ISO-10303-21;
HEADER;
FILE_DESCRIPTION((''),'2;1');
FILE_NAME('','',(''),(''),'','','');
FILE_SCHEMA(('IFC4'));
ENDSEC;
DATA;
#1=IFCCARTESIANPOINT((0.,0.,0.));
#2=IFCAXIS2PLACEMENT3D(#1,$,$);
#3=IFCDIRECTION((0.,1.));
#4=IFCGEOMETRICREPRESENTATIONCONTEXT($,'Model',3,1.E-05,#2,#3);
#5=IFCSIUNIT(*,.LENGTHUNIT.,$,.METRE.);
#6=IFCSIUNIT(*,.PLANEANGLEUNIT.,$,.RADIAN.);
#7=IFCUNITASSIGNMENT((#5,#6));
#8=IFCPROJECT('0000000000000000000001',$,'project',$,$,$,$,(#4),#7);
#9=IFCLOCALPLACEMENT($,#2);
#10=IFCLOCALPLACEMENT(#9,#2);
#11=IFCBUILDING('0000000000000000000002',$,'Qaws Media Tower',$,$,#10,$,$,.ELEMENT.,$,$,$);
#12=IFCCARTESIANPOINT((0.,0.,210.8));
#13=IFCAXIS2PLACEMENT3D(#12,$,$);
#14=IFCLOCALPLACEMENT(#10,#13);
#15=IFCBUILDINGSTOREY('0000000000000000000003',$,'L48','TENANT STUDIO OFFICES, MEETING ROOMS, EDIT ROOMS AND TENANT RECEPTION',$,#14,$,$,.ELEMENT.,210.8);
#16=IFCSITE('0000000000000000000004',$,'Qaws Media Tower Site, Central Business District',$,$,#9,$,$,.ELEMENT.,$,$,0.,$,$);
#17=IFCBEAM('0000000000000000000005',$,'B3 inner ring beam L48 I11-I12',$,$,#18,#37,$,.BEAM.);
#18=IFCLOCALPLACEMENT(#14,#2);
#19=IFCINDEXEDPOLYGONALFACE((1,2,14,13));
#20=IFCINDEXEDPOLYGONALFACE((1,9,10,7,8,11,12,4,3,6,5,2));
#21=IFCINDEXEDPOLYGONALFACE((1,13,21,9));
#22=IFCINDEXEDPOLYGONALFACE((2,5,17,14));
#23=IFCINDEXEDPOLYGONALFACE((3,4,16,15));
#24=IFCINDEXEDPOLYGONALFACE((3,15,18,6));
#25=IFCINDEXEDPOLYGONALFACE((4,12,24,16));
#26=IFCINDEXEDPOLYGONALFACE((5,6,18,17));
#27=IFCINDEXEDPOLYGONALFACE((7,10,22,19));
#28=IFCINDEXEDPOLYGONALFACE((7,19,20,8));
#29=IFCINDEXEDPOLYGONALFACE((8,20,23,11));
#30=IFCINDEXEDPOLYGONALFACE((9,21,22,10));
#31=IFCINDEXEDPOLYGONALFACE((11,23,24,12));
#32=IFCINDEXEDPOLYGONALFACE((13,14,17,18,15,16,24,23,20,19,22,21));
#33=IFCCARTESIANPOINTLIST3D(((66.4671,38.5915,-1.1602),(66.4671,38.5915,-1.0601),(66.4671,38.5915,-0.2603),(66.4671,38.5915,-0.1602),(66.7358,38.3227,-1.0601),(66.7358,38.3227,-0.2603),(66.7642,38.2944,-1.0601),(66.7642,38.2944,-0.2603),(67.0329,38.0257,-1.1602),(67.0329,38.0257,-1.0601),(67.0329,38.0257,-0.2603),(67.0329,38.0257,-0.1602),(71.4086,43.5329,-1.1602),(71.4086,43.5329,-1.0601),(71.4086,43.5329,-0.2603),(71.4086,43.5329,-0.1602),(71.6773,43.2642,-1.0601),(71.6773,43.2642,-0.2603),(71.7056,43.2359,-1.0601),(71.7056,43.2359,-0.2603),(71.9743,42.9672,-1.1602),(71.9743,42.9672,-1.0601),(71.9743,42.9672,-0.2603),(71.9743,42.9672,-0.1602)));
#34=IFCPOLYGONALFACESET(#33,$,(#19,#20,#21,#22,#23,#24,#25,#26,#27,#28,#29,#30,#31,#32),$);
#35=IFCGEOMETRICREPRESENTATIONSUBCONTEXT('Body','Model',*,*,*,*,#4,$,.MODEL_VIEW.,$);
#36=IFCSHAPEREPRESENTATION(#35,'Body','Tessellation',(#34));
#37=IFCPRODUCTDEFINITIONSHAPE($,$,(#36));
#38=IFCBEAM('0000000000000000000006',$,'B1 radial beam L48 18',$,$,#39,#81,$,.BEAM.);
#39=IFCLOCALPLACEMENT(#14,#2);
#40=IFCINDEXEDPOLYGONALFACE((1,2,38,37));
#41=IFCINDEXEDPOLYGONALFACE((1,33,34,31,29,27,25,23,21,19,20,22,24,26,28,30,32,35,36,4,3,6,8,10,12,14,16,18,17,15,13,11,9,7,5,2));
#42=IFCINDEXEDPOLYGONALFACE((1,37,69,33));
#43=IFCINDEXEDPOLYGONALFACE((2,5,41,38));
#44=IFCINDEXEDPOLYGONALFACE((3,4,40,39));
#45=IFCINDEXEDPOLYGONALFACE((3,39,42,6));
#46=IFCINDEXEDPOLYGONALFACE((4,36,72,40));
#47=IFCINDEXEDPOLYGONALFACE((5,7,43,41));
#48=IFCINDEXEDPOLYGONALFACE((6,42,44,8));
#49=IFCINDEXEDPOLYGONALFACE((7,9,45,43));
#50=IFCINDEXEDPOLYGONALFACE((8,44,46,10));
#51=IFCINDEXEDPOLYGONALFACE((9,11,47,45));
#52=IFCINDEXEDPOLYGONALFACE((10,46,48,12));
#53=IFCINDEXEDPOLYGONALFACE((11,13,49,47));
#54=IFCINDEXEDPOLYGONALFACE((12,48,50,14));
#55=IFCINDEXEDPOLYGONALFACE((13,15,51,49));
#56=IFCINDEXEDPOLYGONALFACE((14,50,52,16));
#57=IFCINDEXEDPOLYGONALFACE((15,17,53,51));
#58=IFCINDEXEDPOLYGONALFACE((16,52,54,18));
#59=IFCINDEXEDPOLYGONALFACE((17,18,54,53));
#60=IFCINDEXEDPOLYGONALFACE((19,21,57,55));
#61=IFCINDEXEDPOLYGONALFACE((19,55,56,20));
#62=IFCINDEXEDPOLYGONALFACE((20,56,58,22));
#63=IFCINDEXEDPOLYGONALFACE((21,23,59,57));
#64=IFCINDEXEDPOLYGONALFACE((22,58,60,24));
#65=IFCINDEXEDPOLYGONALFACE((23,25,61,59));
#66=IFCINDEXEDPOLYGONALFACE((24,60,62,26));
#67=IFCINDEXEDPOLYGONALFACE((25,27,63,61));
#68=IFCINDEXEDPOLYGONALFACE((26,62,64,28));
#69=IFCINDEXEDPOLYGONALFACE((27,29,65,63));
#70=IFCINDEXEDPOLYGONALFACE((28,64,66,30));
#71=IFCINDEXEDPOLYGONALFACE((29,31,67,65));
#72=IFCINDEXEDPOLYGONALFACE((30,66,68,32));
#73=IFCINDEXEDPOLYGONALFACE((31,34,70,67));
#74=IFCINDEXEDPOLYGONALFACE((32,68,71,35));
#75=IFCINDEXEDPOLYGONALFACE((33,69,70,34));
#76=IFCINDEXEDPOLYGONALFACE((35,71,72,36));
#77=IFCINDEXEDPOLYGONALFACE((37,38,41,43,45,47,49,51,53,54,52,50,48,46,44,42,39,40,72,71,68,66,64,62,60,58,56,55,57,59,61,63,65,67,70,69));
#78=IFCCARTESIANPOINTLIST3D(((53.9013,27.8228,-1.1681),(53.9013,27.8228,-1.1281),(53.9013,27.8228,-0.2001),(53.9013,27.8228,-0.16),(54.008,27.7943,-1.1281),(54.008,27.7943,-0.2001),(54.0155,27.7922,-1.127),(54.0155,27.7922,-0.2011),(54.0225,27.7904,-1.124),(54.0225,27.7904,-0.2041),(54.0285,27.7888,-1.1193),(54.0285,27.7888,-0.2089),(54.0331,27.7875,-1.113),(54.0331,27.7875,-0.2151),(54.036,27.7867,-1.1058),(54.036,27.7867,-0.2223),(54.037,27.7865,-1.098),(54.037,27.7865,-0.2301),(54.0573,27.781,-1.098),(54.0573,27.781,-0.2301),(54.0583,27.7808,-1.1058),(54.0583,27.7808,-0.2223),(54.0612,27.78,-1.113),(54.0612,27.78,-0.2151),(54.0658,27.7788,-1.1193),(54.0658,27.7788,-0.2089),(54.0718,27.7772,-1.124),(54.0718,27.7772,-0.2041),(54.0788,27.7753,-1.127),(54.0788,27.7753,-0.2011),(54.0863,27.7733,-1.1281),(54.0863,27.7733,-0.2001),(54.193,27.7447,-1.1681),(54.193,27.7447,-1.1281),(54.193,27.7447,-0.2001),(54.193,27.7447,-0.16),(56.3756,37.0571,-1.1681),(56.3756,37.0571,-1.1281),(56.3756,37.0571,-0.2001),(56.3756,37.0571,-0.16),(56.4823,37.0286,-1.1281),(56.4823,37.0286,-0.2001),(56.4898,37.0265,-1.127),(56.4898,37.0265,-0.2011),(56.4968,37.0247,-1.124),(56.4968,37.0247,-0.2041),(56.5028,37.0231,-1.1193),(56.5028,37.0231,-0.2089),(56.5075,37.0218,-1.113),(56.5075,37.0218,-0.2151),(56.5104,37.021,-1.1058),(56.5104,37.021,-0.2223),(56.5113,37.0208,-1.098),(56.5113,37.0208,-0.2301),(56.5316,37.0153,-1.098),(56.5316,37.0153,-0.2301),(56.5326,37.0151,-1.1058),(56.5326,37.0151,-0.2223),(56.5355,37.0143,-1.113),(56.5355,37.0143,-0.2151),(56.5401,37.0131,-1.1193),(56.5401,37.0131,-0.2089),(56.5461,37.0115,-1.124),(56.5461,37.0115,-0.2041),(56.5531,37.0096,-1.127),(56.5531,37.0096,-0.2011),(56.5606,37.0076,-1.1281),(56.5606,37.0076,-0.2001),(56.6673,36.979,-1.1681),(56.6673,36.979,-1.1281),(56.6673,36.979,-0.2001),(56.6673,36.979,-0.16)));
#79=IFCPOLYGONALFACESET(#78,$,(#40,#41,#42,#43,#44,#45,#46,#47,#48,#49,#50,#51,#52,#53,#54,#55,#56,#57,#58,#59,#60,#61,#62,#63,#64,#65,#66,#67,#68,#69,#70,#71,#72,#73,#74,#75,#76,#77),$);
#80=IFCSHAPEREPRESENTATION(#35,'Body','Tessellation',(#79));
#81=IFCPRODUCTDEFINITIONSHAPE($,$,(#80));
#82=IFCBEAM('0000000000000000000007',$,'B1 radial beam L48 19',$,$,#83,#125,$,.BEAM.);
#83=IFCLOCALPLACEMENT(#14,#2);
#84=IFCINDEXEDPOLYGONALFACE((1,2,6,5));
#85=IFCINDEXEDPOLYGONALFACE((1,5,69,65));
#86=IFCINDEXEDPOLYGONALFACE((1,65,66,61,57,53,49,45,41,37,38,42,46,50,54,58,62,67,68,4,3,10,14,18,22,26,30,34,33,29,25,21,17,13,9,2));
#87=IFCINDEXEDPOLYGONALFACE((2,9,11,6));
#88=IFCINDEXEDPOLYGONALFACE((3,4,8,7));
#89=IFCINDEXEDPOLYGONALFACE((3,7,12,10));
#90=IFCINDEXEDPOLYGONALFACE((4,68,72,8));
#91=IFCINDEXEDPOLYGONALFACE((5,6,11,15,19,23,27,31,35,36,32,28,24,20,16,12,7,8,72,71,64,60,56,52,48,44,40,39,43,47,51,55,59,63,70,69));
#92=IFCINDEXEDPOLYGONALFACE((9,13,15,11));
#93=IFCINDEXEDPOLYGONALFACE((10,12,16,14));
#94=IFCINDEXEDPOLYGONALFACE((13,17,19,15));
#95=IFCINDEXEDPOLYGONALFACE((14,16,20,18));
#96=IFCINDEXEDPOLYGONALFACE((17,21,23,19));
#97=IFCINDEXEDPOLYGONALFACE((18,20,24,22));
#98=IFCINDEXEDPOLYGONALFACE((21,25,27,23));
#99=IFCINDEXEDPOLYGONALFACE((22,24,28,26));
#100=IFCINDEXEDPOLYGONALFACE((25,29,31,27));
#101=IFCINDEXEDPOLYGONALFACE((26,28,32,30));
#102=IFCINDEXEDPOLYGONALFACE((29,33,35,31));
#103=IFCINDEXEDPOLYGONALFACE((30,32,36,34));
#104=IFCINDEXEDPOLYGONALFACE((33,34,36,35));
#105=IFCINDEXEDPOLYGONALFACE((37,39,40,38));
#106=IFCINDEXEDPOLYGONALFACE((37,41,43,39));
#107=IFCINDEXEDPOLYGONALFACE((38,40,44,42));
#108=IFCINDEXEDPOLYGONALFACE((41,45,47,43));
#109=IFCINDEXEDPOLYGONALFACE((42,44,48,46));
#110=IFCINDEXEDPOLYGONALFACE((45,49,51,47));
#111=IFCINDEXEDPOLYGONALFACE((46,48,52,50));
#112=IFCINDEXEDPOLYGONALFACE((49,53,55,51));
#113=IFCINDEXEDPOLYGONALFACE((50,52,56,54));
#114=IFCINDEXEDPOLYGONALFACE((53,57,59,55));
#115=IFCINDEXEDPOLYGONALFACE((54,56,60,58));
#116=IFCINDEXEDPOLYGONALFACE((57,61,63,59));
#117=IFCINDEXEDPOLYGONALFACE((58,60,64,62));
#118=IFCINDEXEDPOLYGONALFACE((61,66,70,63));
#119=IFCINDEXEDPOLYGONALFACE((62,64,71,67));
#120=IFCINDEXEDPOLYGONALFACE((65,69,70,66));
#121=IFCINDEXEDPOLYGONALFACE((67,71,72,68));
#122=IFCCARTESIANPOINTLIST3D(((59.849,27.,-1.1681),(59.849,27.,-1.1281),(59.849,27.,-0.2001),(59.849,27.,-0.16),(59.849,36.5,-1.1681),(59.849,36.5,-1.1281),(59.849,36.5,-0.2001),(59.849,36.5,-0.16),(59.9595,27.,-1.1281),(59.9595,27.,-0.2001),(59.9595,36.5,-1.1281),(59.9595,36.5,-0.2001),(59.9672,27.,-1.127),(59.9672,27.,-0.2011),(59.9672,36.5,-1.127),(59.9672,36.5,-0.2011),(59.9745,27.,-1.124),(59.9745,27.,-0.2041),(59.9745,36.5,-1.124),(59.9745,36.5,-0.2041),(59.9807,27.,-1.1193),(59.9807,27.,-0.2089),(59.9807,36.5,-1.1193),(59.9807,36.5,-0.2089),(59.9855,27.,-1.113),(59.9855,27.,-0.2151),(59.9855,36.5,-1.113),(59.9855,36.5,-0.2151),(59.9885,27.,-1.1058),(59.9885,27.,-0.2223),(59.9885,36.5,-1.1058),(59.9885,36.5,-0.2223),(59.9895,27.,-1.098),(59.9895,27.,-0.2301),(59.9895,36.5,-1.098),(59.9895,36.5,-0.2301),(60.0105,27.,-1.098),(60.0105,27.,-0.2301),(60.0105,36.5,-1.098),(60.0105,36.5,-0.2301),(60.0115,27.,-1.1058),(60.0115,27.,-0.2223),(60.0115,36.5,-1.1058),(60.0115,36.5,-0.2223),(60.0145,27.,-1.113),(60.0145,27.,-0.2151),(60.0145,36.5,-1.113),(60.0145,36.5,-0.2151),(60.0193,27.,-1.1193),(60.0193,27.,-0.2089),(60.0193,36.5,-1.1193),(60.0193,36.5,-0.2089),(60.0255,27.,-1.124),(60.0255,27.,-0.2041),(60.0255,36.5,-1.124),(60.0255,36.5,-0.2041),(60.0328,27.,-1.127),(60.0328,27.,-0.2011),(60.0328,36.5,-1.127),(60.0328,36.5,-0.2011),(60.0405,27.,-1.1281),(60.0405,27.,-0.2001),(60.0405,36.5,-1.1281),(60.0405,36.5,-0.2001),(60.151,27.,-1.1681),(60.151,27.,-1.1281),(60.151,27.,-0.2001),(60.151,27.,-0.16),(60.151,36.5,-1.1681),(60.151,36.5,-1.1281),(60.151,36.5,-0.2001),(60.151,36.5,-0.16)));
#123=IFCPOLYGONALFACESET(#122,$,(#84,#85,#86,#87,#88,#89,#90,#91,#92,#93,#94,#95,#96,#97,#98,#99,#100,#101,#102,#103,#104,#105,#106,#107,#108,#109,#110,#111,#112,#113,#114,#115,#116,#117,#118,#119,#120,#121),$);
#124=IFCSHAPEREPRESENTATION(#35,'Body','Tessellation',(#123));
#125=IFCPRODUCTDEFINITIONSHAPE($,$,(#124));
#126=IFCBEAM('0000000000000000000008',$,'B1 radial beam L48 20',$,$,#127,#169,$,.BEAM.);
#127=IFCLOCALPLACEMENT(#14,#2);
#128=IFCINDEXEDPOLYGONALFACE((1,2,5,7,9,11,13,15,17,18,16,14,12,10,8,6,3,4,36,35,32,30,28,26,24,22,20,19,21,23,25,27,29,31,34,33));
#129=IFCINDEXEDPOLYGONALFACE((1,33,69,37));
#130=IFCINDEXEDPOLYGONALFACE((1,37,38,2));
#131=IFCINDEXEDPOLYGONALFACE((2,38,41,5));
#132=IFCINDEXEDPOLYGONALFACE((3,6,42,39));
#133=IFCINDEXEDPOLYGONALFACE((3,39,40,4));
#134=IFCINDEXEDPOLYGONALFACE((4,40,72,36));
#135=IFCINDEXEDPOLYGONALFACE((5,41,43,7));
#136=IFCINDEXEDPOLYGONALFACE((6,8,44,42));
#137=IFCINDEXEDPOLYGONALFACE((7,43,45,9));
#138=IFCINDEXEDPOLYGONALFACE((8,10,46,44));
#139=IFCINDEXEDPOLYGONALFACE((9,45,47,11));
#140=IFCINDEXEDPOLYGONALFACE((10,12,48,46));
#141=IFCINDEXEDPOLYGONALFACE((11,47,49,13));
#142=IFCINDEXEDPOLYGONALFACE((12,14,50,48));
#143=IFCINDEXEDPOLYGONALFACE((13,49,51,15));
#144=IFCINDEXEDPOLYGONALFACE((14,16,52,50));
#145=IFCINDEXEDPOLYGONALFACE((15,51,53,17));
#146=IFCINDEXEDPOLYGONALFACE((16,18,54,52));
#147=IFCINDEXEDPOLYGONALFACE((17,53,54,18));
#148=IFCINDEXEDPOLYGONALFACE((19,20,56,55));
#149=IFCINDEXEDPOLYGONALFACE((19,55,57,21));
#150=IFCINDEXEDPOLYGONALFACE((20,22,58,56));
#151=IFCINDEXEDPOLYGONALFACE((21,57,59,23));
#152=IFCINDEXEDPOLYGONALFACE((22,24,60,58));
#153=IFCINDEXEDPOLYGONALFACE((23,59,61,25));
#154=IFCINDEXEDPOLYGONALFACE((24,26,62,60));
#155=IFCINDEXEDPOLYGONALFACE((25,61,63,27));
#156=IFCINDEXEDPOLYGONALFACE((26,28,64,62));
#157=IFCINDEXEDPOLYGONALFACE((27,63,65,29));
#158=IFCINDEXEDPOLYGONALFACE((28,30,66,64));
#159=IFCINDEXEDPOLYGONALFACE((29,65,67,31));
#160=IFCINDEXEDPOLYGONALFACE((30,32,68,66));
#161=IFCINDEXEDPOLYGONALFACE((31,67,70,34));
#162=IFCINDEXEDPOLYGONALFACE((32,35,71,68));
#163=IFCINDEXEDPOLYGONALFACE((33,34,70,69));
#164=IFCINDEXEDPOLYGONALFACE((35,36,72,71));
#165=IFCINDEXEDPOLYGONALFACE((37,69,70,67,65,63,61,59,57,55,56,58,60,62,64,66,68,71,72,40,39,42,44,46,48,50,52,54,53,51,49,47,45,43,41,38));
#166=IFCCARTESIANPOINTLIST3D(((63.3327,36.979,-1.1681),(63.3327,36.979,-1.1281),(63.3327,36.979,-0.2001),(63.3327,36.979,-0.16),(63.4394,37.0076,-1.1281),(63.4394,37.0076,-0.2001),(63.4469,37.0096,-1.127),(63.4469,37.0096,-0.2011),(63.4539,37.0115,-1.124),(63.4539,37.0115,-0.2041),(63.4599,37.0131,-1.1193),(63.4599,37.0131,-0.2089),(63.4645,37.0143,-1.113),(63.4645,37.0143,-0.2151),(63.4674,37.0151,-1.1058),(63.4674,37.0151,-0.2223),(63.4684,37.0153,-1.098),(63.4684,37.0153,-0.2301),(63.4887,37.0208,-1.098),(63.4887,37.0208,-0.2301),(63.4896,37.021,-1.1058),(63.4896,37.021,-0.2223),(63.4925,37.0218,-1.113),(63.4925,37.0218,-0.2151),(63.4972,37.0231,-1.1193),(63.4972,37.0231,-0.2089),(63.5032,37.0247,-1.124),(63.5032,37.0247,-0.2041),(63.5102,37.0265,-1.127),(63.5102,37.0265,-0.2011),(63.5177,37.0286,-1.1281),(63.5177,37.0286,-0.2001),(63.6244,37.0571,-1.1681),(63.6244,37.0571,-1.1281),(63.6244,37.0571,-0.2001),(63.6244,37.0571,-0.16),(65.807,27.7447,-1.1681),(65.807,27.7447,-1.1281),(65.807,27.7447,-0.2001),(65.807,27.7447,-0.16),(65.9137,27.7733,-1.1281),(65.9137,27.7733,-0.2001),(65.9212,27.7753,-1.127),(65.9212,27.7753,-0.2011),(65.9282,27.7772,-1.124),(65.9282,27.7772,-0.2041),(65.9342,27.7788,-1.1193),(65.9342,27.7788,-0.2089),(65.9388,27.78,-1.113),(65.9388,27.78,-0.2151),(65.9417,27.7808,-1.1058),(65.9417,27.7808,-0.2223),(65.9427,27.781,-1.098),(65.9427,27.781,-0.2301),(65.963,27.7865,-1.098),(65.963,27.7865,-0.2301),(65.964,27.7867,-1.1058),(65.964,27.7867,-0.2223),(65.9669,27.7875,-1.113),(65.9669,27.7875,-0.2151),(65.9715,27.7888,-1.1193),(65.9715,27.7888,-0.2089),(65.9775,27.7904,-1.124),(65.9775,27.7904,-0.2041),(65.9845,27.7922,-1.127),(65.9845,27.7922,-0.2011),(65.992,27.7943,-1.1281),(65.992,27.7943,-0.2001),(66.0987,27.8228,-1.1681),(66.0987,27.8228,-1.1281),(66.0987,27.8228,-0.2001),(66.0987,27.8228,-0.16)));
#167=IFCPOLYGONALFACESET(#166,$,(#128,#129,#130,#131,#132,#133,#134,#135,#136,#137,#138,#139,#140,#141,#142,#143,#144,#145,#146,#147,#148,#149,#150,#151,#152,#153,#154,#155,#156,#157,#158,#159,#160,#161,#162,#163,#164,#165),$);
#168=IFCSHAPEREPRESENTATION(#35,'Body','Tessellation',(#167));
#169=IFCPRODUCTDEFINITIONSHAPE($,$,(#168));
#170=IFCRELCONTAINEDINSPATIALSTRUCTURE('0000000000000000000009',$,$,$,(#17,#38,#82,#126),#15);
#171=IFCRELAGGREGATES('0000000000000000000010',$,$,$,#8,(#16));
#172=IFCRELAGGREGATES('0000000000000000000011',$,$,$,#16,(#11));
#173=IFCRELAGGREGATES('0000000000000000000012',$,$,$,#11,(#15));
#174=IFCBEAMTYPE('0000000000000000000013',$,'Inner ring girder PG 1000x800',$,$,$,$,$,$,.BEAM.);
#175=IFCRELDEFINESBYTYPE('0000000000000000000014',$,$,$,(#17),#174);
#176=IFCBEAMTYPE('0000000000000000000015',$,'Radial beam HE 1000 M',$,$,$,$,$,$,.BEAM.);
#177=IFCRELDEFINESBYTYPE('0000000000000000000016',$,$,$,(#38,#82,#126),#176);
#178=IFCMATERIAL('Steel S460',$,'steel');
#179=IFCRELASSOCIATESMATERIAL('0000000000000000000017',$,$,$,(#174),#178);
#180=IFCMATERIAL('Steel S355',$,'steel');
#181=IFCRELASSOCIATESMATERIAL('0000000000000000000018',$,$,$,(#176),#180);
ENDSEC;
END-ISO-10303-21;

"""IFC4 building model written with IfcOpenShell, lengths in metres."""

from ifc_helpers import new_model, si_unit, direction, frame, origin, origin_2d, place, context, subcontext, project, spatial, i_section, extrude, material, material_profile, profile_set, type_object, element, save


model = new_model("IFC4")

# Units and contexts
model_context = context("Model", 3, precision=1e-05, world=origin(), true_north=direction((0.0, 1.0)))
body_context = subcontext(model_context, "Body", "Model", "MODEL_VIEW")
ifc_project = project(units=[si_unit("LENGTHUNIT", "METRE"), si_unit("PLANEANGLEUNIT", "RADIAN")], contexts=[model_context])

# Site, building, storey
site_placement = place(None, origin())
site = spatial("IfcSite", under=ifc_project, at=site_placement, Name="Qaws Media Tower Site, Central Business District", CompositionType="ELEMENT", RefElevation=0.0)
building_placement = place(site_placement, origin())
building = spatial("IfcBuilding", under=site, at=building_placement, Name="Qaws Media Tower", CompositionType="ELEMENT")
storey_placement = place(building_placement, frame((0.0, 0.0, 210.8)))
storey = spatial("IfcBuildingStorey", under=building, at=storey_placement, Name="L48", Description="TENANT STUDIO OFFICES, MEETING ROOMS, EDIT ROOMS AND TENANT RECEPTION", CompositionType="ELEMENT", Elevation=210.8)

# Beams
ifc_material_1 = material(Name="Steel S460", Category="steel")
ifc_material_profile_1 = material_profile(ifc_material_1, i_section(OverallWidth=0.8, OverallDepth=1.0, WebThickness=0.04, FlangeThickness=0.1001, at=origin_2d()), Name="PG 1000x800")
ifc_profile_set_1 = profile_set([ifc_material_profile_1], Name="Steel S460")
beam_type_1 = type_object("IfcBeamType", Name="Inner ring girder PG 1000x800", PredefinedType="BEAM", material=ifc_profile_set_1)
beam_1_placement = place(storey_placement, frame((66.75, 38.3086, -0.6602), z_axis=(0.707107, 0.707107, 0.0), x_axis=(-0.707107, 0.707107, 0.0)))
element("IfcBeam", 1, at=beam_1_placement, inside=storey, type_object=beam_type_1, Name="B3 inner ring beam L48 I11-I12", PredefinedType="BEAM", context=body_context, shape_type="SweptSolid", body=[
    extrude(i_section(OverallWidth=0.8, OverallDepth=1.0, WebThickness=0.04, FlangeThickness=0.1001, at=origin_2d()), origin(), (0.0, 0.0, 1.0), 6.9883),
])
ifc_material_2 = material(Name="Steel S355", Category="steel")
ifc_material_profile_2 = material_profile(ifc_material_2, i_section(OverallWidth=0.302, OverallDepth=1.0081, WebThickness=0.021, FlangeThickness=0.04, FilletRadius=0.03, at=origin_2d()), Name="HE 1000 M")
ifc_profile_set_2 = profile_set([ifc_material_profile_2], Name="Steel S355")
beam_type_2 = type_object("IfcBeamType", Name="Radial beam HE 1000 M", PredefinedType="BEAM", material=ifc_profile_set_2)
beam_2_placement = place(storey_placement, frame((56.5215, 37.0181, -0.6641), z_axis=(-0.258821, -0.965925, 0.0), x_axis=(0.965925, -0.258821, 0.0)))
element("IfcBeam", 2, at=beam_2_placement, inside=storey, type_object=beam_type_2, Name="B1 radial beam L48 18", PredefinedType="BEAM", context=body_context, shape_type="SweptSolid", body=[
    extrude(i_section(OverallWidth=0.302, OverallDepth=1.0081, WebThickness=0.021, FlangeThickness=0.04, FilletRadius=0.03, at=origin_2d()), origin(), (0.0, 0.0, 1.0), 9.5601),
])
beam_3_placement = place(storey_placement, frame((60.0, 36.5, -0.6641), z_axis=(0.0, -1.0, 0.0), x_axis=(1.0, 0.0, 0.0)))
element("IfcBeam", 3, at=beam_3_placement, inside=storey, type_object=beam_type_2, Name="B1 radial beam L48 19", PredefinedType="BEAM", context=body_context, shape_type="SweptSolid", body=[
    extrude(i_section(OverallWidth=0.302, OverallDepth=1.0081, WebThickness=0.021, FlangeThickness=0.04, FilletRadius=0.03, at=origin_2d()), origin(), (0.0, 0.0, 1.0), 9.5),
])
beam_4_placement = place(storey_placement, frame((63.4785, 37.0181, -0.6641), z_axis=(0.258821, -0.965925, 0.0), x_axis=(0.965925, 0.258821, 0.0)))
element("IfcBeam", 4, at=beam_4_placement, inside=storey, type_object=beam_type_2, Name="B1 radial beam L48 20", PredefinedType="BEAM", context=body_context, shape_type="SweptSolid", body=[
    extrude(i_section(OverallWidth=0.302, OverallDepth=1.0081, WebThickness=0.021, FlangeThickness=0.04, FilletRadius=0.03, at=origin_2d()), origin(), (0.0, 0.0, 1.0), 9.5601),
])

save(model, "model.ifc")
